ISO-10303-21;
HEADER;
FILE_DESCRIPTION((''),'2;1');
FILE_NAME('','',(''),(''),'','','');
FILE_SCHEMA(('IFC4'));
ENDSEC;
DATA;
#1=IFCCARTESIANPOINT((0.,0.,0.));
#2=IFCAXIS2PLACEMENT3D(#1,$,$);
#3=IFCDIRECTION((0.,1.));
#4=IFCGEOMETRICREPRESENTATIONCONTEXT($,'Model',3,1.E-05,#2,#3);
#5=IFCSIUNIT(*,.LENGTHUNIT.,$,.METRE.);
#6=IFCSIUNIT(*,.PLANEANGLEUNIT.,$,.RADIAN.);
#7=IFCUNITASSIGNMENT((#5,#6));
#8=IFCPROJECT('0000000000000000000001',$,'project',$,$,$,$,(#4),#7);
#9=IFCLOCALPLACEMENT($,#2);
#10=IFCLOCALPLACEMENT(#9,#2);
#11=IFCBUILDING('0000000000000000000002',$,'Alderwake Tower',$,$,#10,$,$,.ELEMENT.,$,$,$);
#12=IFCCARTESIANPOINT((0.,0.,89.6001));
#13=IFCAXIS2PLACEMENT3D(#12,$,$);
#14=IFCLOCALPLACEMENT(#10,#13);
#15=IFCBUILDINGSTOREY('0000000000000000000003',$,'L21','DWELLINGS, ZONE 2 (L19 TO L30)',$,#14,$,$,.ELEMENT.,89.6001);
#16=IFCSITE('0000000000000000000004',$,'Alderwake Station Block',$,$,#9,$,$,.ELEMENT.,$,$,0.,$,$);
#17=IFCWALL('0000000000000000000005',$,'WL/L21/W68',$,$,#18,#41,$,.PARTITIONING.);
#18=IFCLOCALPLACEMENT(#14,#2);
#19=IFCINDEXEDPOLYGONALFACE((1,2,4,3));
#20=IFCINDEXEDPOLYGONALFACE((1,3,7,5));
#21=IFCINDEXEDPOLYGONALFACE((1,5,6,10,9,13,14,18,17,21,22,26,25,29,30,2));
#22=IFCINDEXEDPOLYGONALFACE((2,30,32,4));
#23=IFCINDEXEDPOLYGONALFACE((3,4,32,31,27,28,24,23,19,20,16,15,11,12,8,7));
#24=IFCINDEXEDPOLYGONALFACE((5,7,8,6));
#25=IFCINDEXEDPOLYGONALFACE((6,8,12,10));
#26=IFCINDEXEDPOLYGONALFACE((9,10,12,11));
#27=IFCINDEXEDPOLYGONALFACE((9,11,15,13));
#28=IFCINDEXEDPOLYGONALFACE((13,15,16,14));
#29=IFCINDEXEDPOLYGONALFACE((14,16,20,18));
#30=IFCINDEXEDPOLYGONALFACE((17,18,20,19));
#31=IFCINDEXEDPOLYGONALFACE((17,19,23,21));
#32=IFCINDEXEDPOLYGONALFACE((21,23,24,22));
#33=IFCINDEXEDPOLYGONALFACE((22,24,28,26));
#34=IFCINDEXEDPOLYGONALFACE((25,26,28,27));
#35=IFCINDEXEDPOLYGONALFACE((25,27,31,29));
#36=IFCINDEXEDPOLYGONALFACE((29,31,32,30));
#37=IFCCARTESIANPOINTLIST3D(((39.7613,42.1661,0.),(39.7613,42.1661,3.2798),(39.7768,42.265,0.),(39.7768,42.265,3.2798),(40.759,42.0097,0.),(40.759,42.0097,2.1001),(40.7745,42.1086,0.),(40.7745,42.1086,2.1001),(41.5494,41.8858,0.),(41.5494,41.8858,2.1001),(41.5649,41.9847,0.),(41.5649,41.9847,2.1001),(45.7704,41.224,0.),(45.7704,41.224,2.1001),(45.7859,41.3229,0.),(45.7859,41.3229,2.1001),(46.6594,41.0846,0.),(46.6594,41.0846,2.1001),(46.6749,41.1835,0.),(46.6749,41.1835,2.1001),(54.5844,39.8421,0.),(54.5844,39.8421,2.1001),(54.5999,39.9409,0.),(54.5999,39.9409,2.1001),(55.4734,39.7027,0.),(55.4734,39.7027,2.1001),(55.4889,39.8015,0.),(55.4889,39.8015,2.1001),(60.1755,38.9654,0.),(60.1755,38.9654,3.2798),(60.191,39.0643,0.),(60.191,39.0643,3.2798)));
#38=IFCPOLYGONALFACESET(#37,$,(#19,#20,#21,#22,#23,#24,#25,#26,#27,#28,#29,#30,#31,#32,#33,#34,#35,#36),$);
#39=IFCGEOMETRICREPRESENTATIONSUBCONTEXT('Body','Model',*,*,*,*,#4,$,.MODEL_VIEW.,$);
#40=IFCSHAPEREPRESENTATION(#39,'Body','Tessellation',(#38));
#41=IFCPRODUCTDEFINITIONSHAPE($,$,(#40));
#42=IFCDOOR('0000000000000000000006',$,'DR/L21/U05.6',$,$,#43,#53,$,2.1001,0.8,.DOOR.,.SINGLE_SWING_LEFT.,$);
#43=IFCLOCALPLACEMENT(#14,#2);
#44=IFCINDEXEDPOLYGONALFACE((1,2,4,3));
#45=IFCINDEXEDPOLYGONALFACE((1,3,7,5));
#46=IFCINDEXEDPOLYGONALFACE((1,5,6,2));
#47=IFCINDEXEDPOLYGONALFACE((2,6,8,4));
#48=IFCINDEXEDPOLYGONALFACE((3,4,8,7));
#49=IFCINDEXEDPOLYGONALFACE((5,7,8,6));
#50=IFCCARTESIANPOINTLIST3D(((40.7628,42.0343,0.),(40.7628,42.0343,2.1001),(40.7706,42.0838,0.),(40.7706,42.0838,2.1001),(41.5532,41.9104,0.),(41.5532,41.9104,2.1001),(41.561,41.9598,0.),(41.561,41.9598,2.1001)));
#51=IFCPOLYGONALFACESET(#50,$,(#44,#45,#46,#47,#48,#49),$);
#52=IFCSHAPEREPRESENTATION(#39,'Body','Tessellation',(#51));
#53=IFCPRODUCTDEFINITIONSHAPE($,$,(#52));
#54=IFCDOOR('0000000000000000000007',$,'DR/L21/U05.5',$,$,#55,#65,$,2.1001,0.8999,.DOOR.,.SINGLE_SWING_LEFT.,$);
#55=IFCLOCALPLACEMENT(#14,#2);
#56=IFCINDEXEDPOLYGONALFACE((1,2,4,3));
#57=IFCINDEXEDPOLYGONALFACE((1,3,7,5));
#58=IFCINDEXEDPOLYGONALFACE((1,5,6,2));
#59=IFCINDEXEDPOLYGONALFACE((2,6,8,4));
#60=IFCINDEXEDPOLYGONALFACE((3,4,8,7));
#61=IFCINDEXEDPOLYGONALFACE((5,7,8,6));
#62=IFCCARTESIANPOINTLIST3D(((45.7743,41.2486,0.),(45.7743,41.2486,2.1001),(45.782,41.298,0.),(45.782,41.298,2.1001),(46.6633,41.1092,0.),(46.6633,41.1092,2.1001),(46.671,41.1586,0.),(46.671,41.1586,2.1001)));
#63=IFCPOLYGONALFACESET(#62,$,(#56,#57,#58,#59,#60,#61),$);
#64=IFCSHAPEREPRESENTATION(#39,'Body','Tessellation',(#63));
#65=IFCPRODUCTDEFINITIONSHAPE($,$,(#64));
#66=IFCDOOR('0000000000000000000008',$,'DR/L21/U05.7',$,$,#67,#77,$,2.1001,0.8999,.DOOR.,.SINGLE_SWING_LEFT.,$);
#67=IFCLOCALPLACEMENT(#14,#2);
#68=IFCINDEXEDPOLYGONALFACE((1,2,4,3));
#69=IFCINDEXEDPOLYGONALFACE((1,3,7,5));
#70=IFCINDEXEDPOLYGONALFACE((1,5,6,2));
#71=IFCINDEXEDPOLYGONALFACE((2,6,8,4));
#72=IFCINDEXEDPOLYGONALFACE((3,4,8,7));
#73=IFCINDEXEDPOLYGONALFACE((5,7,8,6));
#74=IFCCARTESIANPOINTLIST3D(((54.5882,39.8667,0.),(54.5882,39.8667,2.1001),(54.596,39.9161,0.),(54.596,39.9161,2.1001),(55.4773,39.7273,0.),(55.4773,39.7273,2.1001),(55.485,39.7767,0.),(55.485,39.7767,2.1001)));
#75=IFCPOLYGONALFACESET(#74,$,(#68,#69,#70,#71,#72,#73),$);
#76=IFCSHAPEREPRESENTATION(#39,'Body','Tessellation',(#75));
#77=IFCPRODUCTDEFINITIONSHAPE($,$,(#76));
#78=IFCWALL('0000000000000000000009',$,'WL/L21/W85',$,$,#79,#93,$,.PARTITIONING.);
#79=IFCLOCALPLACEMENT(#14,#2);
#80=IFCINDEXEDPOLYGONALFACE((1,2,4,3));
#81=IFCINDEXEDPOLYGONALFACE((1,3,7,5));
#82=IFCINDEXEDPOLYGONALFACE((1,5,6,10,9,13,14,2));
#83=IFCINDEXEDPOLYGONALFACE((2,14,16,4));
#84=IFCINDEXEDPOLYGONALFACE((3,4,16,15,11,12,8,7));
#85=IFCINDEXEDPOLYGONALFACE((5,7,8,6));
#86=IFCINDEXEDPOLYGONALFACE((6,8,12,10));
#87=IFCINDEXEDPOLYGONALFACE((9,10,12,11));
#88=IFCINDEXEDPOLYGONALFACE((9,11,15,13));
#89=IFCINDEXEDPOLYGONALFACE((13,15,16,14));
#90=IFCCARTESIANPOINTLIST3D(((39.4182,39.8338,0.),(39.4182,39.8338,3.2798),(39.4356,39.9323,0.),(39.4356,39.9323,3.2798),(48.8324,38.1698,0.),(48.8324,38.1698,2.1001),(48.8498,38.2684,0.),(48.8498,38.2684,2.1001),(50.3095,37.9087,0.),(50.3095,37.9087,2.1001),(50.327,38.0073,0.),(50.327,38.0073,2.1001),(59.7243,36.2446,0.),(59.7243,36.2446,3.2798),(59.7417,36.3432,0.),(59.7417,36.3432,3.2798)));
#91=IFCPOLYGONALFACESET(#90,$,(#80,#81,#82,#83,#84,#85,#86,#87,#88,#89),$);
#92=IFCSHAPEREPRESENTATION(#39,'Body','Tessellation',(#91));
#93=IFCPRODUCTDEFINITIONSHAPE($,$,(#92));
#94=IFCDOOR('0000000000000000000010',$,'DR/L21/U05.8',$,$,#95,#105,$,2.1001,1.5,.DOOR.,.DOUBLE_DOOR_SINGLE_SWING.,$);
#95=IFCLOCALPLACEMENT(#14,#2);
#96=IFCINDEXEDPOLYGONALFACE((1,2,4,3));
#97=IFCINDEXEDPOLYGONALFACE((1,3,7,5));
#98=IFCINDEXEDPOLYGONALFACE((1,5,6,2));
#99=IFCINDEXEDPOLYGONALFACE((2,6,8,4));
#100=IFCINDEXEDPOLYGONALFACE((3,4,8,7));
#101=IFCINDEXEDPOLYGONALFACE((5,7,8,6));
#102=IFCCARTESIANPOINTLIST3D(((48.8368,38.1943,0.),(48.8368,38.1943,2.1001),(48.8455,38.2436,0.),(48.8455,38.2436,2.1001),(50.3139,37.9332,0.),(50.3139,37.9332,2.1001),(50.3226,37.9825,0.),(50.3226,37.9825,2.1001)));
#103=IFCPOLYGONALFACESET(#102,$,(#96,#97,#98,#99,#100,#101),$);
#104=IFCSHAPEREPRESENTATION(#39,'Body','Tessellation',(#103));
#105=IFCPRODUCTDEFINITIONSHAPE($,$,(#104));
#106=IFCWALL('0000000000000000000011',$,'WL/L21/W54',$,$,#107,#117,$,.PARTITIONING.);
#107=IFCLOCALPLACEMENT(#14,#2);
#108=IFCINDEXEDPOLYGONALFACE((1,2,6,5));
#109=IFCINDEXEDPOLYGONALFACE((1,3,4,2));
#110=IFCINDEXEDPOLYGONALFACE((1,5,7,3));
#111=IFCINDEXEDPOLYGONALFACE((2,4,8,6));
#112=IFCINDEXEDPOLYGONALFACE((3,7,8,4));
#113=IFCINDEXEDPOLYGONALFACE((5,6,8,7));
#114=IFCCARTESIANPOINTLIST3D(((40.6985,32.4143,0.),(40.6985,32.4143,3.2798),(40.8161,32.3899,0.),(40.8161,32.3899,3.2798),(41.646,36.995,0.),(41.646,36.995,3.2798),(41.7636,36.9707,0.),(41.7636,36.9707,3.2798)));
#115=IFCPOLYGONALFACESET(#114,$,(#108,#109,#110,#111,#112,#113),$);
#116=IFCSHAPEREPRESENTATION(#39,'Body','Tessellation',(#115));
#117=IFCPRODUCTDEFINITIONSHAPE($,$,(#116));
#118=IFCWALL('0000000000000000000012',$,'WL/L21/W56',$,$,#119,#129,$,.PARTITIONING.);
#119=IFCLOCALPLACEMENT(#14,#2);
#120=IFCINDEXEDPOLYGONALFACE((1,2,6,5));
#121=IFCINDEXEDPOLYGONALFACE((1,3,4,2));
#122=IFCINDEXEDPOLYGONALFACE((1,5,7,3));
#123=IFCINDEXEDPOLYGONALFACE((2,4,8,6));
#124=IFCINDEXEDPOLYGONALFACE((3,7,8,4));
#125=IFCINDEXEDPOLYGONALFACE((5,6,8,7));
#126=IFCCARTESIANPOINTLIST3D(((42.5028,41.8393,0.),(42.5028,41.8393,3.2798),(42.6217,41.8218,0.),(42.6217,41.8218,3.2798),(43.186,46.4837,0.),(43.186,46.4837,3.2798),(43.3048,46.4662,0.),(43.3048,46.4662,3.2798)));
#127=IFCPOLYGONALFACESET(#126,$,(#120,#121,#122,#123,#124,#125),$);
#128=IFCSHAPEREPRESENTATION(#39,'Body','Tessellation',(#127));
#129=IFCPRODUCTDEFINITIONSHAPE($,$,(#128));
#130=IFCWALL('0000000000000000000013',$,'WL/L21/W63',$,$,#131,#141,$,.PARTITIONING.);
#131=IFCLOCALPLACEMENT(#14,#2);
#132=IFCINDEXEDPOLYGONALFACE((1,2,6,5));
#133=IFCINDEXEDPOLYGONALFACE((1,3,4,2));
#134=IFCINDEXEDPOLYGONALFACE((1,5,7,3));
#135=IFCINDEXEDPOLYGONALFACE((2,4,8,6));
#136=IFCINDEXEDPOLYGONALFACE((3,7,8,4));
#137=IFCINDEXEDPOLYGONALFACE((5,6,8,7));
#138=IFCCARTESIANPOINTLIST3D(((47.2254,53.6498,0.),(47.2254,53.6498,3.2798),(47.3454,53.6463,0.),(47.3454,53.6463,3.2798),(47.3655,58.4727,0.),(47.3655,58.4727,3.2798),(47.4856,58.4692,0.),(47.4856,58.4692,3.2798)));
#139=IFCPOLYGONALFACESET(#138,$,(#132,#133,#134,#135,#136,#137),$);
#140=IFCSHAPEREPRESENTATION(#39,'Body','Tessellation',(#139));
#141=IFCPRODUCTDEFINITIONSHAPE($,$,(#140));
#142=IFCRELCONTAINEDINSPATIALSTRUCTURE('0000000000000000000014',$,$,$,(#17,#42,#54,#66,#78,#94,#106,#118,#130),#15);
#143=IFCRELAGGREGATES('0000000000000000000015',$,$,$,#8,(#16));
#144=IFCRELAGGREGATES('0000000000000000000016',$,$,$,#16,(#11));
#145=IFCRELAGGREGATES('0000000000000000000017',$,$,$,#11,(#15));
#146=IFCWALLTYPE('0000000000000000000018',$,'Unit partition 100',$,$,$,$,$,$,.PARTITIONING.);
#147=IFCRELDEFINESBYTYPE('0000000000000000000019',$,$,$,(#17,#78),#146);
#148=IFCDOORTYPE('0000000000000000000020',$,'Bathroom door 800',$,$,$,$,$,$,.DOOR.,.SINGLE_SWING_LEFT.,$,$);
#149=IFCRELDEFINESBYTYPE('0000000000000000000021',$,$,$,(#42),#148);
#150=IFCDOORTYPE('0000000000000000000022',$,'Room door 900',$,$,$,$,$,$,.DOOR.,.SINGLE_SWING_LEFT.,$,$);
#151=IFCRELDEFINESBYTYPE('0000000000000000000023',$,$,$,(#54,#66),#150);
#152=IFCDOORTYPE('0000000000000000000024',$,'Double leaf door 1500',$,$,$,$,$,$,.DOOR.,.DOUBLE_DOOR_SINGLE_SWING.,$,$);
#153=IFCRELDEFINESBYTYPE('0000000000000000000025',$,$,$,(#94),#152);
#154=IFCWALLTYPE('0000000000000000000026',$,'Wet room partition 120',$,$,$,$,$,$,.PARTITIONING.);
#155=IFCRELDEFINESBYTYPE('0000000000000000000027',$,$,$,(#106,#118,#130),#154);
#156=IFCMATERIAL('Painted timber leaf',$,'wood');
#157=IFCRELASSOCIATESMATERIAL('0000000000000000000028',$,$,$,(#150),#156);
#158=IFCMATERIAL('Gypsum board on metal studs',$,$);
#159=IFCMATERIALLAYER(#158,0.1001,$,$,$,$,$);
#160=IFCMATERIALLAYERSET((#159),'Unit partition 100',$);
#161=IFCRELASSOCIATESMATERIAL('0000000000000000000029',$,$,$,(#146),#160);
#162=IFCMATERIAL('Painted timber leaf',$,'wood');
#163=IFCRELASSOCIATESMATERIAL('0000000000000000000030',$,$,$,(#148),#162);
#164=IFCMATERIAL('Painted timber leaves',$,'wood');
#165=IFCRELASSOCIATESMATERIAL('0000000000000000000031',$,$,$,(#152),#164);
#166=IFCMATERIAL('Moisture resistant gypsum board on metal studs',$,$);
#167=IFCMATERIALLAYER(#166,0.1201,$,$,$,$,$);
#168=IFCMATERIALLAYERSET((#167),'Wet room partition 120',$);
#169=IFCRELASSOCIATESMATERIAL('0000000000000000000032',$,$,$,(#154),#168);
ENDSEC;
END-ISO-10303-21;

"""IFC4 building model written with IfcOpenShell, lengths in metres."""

from ifc_helpers import new_model, si_unit, direction, frame, frame_2d, origin, place, context, subcontext, project, spatial, rectangle, extrude, material, layer, layer_set, type_object, element, fill, save


model = new_model("IFC4")

# Units and contexts
model_context = context("Model", 3, precision=1e-05, world=origin(), true_north=direction((0.0, 1.0)))
body_context = subcontext(model_context, "Body", "Model", "MODEL_VIEW")
ifc_project = project(units=[si_unit("LENGTHUNIT", "METRE"), si_unit("PLANEANGLEUNIT", "RADIAN")], contexts=[model_context])

# Site, building, storey
site_placement = place(None, origin())
site = spatial("IfcSite", under=ifc_project, at=site_placement, Name="Alderwake Station Block", CompositionType="ELEMENT", RefElevation=0.0)
building_placement = place(site_placement, origin())
building = spatial("IfcBuilding", under=site, at=building_placement, Name="Alderwake Tower", CompositionType="ELEMENT")
storey_placement = place(building_placement, frame((0.0, 0.0, 89.6001)))
storey = spatial("IfcBuildingStorey", under=building, at=storey_placement, Name="L21", Description="DWELLINGS, ZONE 2 (L19 TO L30)", CompositionType="ELEMENT", Elevation=89.6001)

# Shared definitions
ifc_material_1 = material(Name="Painted timber leaf", Category="wood")
door_type_1 = type_object("IfcDoorType", Name="Room door 900", OperationType="SINGLE_SWING_LEFT", PredefinedType="DOOR", material=ifc_material_1)

# Wall, openings, doors
ifc_material_2 = material(Name="Gypsum board on metal studs")
ifc_layer_1 = layer(ifc_material_2, 0.1001)
ifc_layer_set_1 = layer_set([ifc_layer_1], Name="Unit partition 100")
wall_type_1 = type_object("IfcWallType", Name="Unit partition 100", PredefinedType="PARTITIONING", material=ifc_layer_set_1)
wall_1_placement = place(storey_placement, frame((39.769, 42.2156, 0.0), z_axis=(0.0, 0.0, 1.0), x_axis=(0.987931, -0.154896, 0.0)))
wall_1 = element("IfcWall", 1, at=wall_1_placement, inside=storey, type_object=wall_type_1, Name="WL/L21/W68", PredefinedType="PARTITIONING", context=body_context, shape_type="SweptSolid", body=[
    extrude(rectangle(XDim=20.6636, YDim=0.1001, at=frame_2d((10.3318, 0.0))), origin(), (0.0, 0.0, 1.0), 3.2798),
])
opening_1_placement = place(wall_1_placement, frame((6.0825, 0.0, 0.0)))
opening_1 = element("IfcOpeningElement", 2, at=opening_1_placement, cuts=wall_1, PredefinedType="OPENING", context=body_context, shape_type="SweptSolid", body=[
    extrude(rectangle(XDim=0.8999, YDim=2.1001, at=frame_2d((0.45, 1.05))), frame((0.0, 0.0601, 0.0), z_axis=(0.0, -1.0, 0.0), x_axis=(1.0, 0.0, 0.0)), (0.0, 0.0, 1.0), 0.1201),
])
opening_2_placement = place(wall_1_placement, frame((1.01, 0.0, 0.0)))
opening_2 = element("IfcOpeningElement", 3, at=opening_2_placement, cuts=wall_1, PredefinedType="OPENING", context=body_context, shape_type="SweptSolid", body=[
    extrude(rectangle(XDim=0.8, YDim=2.1001, at=frame_2d((0.3999, 1.05))), frame((0.0, 0.0601, 0.0), z_axis=(0.0, -1.0, 0.0), x_axis=(1.0, 0.0, 0.0)), (0.0, 0.0, 1.0), 0.1201),
])
opening_3_placement = place(wall_1_placement, frame((15.0042, 0.0, 0.0)))
opening_3 = element("IfcOpeningElement", 4, at=opening_3_placement, cuts=wall_1, PredefinedType="OPENING", context=body_context, shape_type="SweptSolid", body=[
    extrude(rectangle(XDim=0.8999, YDim=2.1001, at=frame_2d((0.45, 1.05))), frame((0.0, 0.0601, 0.0), z_axis=(0.0, -1.0, 0.0), x_axis=(1.0, 0.0, 0.0)), (0.0, 0.0, 1.0), 0.1201),
])
ifc_material_3 = material(Name="Painted timber leaf", Category="wood")
door_type_2 = type_object("IfcDoorType", Name="Bathroom door 800", OperationType="SINGLE_SWING_LEFT", PredefinedType="DOOR", material=ifc_material_3)
door_1_placement = place(opening_2_placement, origin())
door_1 = element("IfcDoor", 5, at=door_1_placement, inside=storey, type_object=door_type_2, Name="DR/L21/U05.6", OperationType="SINGLE_SWING_LEFT", OverallHeight=2.1001, OverallWidth=0.8, PredefinedType="DOOR", context=body_context, shape_type="SweptSolid", body=[
    extrude(rectangle(XDim=0.8, YDim=2.1001, at=frame_2d((0.3999, 1.05))), frame((0.0, 0.0249, 0.0), z_axis=(0.0, -1.0, 0.0), x_axis=(1.0, 0.0, 0.0)), (0.0, 0.0, 1.0), 0.05),
])
fill(opening_2, door_1)
door_2_placement = place(opening_1_placement, origin())
door_2 = element("IfcDoor", 6, at=door_2_placement, inside=storey, type_object=door_type_1, Name="DR/L21/U05.5", OperationType="SINGLE_SWING_LEFT", OverallHeight=2.1001, OverallWidth=0.8999, PredefinedType="DOOR", context=body_context, shape_type="SweptSolid", body=[
    extrude(rectangle(XDim=0.8999, YDim=2.1001, at=frame_2d((0.45, 1.05))), frame((0.0, 0.0249, 0.0), z_axis=(0.0, -1.0, 0.0), x_axis=(1.0, 0.0, 0.0)), (0.0, 0.0, 1.0), 0.05),
])
fill(opening_1, door_2)
door_3_placement = place(opening_3_placement, origin())
door_3 = element("IfcDoor", 7, at=door_3_placement, inside=storey, type_object=door_type_1, Name="DR/L21/U05.7", OperationType="SINGLE_SWING_LEFT", OverallHeight=2.1001, OverallWidth=0.8999, PredefinedType="DOOR", context=body_context, shape_type="SweptSolid", body=[
    extrude(rectangle(XDim=0.8999, YDim=2.1001, at=frame_2d((0.45, 1.05))), frame((0.0, 0.0249, 0.0), z_axis=(0.0, -1.0, 0.0), x_axis=(1.0, 0.0, 0.0)), (0.0, 0.0, 1.0), 0.05),
])
fill(opening_3, door_3)

# Wall, opening, door
wall_2_placement = place(storey_placement, frame((39.4268, 39.8831, 0.0), z_axis=(0.0, 0.0, 1.0), x_axis=(0.984736, -0.174052, 0.0)))
wall_2 = element("IfcWall", 8, at=wall_2_placement, inside=storey, type_object=wall_type_1, Name="WL/L21/W85", PredefinedType="PARTITIONING", context=body_context, shape_type="SweptSolid", body=[
    extrude(rectangle(XDim=20.6208, YDim=0.1001, at=frame_2d((10.3105, 0.0))), origin(), (0.0, 0.0, 1.0), 3.2798),
])
opening_4_placement = place(wall_2_placement, frame((9.5603, 0.0, 0.0)))
opening_4 = element("IfcOpeningElement", 9, at=opening_4_placement, cuts=wall_2, PredefinedType="OPENING", context=body_context, shape_type="SweptSolid", body=[
    extrude(rectangle(XDim=1.5, YDim=2.1001, at=frame_2d((0.75, 1.05))), frame((0.0, 0.0601, 0.0), z_axis=(0.0, -1.0, 0.0), x_axis=(1.0, 0.0, 0.0)), (0.0, 0.0, 1.0), 0.1201),
])
ifc_material_4 = material(Name="Painted timber leaves", Category="wood")
door_type_3 = type_object("IfcDoorType", Name="Double leaf door 1500", OperationType="DOUBLE_DOOR_SINGLE_SWING", PredefinedType="DOOR", material=ifc_material_4)
door_4_placement = place(opening_4_placement, origin())
door_4 = element("IfcDoor", 10, at=door_4_placement, inside=storey, type_object=door_type_3, Name="DR/L21/U05.8", OperationType="DOUBLE_DOOR_SINGLE_SWING", OverallHeight=2.1001, OverallWidth=1.5, PredefinedType="DOOR", context=body_context, shape_type="SweptSolid", body=[
    extrude(rectangle(XDim=1.5, YDim=2.1001, at=frame_2d((0.75, 1.05))), frame((0.0, 0.0249, 0.0), z_axis=(0.0, -1.0, 0.0), x_axis=(1.0, 0.0, 0.0)), (0.0, 0.0, 1.0), 0.05),
])
fill(opening_4, door_4)

# Walls
ifc_material_5 = material(Name="Moisture resistant gypsum board on metal studs")
ifc_layer_2 = layer(ifc_material_5, 0.1201)
ifc_layer_set_2 = layer_set([ifc_layer_2], Name="Wet room partition 120")
wall_type_2 = type_object("IfcWallType", Name="Wet room partition 120", PredefinedType="PARTITIONING", material=ifc_layer_set_2)
wall_3_placement = place(storey_placement, frame((40.7573, 32.4021, 0.0), z_axis=(0.0, 0.0, 1.0), x_axis=(0.202556, 0.979271, 0.0)))
element("IfcWall", 11, at=wall_3_placement, inside=storey, type_object=wall_type_2, Name="WL/L21/W54", PredefinedType="PARTITIONING", context=body_context, shape_type="SweptSolid", body=[
    extrude(rectangle(XDim=4.6777, YDim=0.1201, at=frame_2d((2.3389, 0.0))), origin(), (0.0, 0.0, 1.0), 3.2798),
])
wall_4_placement = place(storey_placement, frame((42.5623, 41.8306, 0.0), z_axis=(0.0, 0.0, 1.0), x_axis=(0.145519, 0.989355, 0.0)))
element("IfcWall", 12, at=wall_4_placement, inside=storey, type_object=wall_type_2, Name="WL/L21/W56", PredefinedType="PARTITIONING", context=body_context, shape_type="SweptSolid", body=[
    extrude(rectangle(XDim=4.6943, YDim=0.1201, at=frame_2d((2.3472, 0.0))), origin(), (0.0, 0.0, 1.0), 3.2798),
])
wall_5_placement = place(storey_placement, frame((47.2854, 53.6479, 0.0), z_axis=(0.0, 0.0, 1.0), x_axis=(0.029044, 0.999578, 0.0)))
element("IfcWall", 13, at=wall_5_placement, inside=storey, type_object=wall_type_2, Name="WL/L21/W63", PredefinedType="PARTITIONING", context=body_context, shape_type="SweptSolid", body=[
    extrude(rectangle(XDim=4.825, YDim=0.1201, at=frame_2d((2.4126, 0.0))), origin(), (0.0, 0.0, 1.0), 3.2798),
])

save(model, "model.ifc")
